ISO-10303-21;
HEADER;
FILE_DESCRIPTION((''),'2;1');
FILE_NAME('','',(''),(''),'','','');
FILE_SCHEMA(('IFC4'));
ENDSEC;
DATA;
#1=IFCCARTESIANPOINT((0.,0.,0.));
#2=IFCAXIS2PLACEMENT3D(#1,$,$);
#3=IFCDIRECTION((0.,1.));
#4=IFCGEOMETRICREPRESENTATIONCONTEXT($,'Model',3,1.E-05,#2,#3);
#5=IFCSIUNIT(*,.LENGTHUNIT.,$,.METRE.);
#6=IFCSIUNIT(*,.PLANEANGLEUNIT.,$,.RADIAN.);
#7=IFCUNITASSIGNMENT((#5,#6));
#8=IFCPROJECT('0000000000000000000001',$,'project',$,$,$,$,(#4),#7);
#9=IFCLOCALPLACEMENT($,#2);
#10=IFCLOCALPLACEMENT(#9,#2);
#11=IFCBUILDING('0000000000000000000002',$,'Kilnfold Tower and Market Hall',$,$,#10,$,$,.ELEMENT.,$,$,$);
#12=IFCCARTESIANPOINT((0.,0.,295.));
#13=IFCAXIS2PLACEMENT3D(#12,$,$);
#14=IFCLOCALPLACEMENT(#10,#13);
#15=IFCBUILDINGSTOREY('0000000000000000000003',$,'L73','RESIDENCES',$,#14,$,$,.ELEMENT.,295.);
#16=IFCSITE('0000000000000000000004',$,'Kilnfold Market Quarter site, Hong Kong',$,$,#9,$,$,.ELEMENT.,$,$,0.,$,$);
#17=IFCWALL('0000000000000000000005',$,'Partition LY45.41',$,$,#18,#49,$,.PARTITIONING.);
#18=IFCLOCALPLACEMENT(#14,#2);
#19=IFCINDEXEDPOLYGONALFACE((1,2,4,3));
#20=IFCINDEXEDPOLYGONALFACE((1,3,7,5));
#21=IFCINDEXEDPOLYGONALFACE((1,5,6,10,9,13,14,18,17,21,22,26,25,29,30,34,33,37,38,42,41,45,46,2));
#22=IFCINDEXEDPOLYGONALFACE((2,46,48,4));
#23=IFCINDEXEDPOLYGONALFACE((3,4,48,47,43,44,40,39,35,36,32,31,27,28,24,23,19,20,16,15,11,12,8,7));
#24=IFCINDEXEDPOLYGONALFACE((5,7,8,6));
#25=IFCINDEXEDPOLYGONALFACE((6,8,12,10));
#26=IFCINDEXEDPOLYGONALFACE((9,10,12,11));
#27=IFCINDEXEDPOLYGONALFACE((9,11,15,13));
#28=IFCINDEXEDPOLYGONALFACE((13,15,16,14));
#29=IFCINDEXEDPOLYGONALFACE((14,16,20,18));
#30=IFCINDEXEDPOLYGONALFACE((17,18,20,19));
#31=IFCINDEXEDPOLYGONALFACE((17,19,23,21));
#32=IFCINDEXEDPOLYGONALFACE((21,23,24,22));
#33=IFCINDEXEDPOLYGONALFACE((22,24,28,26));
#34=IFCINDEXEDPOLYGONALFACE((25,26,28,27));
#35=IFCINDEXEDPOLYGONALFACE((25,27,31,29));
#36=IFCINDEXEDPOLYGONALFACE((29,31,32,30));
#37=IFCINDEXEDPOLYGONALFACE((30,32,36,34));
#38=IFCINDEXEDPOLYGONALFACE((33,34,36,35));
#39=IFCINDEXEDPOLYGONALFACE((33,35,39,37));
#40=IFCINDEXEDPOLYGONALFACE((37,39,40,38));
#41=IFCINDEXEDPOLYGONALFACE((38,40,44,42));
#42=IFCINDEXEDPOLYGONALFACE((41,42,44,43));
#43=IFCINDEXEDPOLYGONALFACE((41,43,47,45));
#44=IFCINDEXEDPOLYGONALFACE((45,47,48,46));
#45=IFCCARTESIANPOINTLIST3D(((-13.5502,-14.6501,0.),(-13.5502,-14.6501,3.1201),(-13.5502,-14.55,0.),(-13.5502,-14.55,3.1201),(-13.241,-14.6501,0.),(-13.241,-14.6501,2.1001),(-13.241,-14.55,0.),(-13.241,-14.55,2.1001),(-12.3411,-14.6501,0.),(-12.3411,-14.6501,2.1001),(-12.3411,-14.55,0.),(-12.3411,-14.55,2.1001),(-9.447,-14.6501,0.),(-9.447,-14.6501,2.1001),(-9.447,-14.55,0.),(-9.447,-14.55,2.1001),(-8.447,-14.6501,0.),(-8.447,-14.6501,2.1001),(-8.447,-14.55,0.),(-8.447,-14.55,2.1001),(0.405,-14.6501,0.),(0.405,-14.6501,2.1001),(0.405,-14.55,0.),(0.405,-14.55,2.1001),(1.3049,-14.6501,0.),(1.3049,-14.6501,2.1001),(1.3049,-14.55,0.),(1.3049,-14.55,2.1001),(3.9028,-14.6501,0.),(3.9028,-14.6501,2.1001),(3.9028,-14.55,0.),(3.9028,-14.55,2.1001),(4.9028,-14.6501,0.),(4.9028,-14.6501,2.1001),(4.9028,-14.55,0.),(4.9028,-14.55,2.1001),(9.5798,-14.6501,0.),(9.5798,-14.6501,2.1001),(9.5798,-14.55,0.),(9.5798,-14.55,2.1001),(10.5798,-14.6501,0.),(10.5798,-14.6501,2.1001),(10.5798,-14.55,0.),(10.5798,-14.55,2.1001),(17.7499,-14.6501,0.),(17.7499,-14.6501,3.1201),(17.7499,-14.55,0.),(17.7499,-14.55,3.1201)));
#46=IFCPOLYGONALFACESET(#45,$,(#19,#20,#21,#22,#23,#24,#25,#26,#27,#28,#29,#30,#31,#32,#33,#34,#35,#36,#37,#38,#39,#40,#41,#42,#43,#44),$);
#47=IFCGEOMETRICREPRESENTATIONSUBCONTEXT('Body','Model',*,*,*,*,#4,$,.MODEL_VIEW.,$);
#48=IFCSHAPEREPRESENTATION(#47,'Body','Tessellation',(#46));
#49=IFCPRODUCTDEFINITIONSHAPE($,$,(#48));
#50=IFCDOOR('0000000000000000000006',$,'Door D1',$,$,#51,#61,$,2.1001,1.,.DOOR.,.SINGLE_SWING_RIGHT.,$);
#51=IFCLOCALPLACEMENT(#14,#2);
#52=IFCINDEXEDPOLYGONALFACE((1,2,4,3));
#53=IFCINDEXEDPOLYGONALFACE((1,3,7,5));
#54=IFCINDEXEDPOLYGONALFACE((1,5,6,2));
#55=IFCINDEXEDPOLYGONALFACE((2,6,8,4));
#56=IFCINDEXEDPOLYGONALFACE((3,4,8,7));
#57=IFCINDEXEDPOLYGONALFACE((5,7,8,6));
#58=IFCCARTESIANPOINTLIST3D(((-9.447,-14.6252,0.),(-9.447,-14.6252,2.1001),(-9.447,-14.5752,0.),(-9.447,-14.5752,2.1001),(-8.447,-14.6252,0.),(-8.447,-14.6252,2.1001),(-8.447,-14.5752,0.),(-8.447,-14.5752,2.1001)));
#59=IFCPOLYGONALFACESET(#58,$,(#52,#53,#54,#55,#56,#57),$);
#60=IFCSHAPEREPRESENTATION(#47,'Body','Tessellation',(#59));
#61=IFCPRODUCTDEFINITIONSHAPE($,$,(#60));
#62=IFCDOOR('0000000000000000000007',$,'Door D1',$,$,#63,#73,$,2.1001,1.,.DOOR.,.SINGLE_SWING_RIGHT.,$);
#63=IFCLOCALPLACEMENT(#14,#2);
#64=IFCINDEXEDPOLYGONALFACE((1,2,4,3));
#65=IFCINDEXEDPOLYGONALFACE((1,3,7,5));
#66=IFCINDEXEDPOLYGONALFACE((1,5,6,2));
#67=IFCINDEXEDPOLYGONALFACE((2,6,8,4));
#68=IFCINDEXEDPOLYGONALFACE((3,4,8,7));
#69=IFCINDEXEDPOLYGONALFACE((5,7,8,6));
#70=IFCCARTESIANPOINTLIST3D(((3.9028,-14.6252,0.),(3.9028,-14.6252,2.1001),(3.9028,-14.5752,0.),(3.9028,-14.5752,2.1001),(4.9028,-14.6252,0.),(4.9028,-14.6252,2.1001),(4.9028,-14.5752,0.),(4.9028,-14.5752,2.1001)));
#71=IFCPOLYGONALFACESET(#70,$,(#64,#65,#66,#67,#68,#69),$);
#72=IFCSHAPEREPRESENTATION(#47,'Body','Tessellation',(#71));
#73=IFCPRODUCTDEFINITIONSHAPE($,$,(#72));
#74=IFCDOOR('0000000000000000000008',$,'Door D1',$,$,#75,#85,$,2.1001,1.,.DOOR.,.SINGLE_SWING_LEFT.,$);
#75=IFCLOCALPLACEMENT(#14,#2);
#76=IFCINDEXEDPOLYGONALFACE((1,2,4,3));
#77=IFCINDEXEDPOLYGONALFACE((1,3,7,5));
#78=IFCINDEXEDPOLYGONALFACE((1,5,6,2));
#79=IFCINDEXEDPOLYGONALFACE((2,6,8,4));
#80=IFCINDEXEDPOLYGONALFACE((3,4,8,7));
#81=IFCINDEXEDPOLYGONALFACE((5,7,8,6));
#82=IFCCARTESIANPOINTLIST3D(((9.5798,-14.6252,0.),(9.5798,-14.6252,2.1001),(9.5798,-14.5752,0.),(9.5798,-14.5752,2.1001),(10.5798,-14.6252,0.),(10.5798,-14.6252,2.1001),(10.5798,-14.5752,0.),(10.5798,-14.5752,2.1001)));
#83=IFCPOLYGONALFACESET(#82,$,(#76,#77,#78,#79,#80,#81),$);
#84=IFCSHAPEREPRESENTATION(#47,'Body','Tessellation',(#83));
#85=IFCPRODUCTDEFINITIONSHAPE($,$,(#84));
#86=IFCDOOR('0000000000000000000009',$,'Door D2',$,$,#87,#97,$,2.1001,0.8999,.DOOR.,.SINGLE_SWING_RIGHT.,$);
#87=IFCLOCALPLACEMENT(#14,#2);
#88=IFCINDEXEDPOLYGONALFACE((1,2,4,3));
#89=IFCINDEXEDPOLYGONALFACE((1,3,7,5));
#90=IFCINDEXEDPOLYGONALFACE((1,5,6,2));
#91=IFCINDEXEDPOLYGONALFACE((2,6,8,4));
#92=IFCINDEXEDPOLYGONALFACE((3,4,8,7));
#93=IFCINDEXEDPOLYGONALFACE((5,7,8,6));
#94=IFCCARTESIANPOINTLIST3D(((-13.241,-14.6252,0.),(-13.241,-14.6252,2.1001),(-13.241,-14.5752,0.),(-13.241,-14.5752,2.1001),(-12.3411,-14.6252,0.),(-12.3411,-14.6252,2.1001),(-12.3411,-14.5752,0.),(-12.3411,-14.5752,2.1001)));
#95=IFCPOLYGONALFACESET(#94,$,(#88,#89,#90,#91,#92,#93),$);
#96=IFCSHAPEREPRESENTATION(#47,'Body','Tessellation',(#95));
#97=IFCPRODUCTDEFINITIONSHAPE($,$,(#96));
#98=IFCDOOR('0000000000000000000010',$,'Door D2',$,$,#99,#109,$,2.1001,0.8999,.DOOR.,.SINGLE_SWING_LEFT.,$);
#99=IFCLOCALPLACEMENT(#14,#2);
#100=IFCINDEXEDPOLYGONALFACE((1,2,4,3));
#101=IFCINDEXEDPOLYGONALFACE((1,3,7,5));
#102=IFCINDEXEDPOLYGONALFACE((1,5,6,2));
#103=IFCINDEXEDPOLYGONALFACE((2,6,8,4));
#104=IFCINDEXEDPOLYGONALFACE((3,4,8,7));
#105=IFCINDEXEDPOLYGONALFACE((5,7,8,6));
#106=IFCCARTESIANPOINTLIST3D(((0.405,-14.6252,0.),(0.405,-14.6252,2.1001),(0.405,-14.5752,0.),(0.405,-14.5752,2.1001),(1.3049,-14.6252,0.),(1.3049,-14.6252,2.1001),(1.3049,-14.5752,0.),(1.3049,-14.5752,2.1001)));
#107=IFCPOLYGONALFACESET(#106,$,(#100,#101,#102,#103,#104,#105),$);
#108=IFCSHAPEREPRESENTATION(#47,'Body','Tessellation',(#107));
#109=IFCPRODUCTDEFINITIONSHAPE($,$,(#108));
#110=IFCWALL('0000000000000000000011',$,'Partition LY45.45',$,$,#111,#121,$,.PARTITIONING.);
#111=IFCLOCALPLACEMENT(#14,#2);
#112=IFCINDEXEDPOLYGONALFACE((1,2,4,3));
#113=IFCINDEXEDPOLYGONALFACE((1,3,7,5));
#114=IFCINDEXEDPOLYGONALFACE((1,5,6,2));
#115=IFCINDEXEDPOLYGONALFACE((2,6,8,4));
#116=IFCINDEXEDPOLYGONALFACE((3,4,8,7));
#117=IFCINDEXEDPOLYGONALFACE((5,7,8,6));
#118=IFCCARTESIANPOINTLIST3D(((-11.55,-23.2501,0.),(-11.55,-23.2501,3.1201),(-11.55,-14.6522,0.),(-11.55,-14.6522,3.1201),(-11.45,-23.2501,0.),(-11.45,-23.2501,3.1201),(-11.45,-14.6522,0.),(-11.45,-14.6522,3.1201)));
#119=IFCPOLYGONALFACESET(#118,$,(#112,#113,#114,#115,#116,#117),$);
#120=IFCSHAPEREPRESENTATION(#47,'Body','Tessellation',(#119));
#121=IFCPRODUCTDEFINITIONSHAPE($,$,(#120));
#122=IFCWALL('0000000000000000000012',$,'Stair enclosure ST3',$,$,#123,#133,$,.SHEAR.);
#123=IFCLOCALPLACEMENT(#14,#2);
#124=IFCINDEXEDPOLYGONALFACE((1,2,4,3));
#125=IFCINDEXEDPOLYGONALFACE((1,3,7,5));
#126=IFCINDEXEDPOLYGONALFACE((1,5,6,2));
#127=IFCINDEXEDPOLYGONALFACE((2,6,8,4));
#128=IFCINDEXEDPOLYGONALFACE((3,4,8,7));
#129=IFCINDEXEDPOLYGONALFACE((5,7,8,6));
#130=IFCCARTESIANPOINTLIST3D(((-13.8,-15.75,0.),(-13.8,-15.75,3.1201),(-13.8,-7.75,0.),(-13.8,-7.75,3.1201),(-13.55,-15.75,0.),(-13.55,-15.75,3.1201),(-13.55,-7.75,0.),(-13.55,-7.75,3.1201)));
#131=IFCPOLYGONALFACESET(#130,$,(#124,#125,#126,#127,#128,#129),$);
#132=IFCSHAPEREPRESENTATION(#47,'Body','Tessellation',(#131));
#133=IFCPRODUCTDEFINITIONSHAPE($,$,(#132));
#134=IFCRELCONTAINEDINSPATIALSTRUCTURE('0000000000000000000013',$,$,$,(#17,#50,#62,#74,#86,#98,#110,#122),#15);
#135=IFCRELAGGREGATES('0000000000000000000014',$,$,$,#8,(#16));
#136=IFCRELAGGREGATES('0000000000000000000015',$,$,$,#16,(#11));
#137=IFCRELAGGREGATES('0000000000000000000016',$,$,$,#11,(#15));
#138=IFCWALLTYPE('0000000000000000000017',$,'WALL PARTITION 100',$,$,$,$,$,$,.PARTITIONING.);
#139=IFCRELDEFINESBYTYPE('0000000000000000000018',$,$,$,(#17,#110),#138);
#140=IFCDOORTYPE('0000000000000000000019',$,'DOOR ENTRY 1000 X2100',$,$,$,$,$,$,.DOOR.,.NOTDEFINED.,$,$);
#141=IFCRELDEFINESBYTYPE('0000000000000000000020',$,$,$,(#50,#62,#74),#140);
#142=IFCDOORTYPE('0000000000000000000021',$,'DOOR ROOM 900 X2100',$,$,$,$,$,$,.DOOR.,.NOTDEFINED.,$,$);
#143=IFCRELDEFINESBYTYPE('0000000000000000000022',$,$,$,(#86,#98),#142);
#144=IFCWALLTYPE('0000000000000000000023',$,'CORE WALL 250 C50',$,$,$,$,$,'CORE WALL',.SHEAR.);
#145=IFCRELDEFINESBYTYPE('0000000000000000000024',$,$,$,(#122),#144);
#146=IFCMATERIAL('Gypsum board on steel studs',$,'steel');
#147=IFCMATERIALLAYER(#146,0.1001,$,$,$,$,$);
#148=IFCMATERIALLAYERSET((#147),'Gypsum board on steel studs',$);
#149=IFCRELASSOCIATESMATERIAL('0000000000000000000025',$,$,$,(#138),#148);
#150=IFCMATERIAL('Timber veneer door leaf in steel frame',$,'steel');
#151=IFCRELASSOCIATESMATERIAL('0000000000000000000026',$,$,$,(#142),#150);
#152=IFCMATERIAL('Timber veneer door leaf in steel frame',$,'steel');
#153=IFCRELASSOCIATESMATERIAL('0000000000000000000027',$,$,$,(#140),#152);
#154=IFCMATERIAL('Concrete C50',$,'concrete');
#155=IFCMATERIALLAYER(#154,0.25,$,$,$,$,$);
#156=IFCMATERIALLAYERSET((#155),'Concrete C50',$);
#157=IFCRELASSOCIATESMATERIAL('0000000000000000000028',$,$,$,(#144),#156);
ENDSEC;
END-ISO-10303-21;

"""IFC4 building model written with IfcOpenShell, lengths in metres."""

from ifc_helpers import new_model, si_unit, direction, frame, frame_2d, origin, place, context, subcontext, project, spatial, rectangle, extrude, source, transform, mapped, material, layer, layer_set, type_object, element, fill, save


model = new_model("IFC4")

# Units and contexts
model_context = context("Model", 3, precision=1e-05, world=origin(), true_north=direction((0.0, 1.0)))
body_context = subcontext(model_context, "Body", "Model", "MODEL_VIEW")
ifc_project = project(units=[si_unit("LENGTHUNIT", "METRE"), si_unit("PLANEANGLEUNIT", "RADIAN")], contexts=[model_context])

# Site, building, storey
site_placement = place(None, origin())
site = spatial("IfcSite", under=ifc_project, at=site_placement, Name="Kilnfold Market Quarter site, Hong Kong", CompositionType="ELEMENT", RefElevation=0.0)
building_placement = place(site_placement, origin())
building = spatial("IfcBuilding", under=site, at=building_placement, Name="Kilnfold Tower and Market Hall", CompositionType="ELEMENT")
storey_placement = place(building_placement, frame((0.0, 0.0, 295.0)))
storey = spatial("IfcBuildingStorey", under=building, at=storey_placement, Name="L73", Description="RESIDENCES", CompositionType="ELEMENT", Elevation=295.0)

# Shared definitions
ifc_material_1 = material(Name="Gypsum board on steel studs", Category="steel")
ifc_layer_1 = layer(ifc_material_1, 0.1001)
ifc_layer_set_1 = layer_set([ifc_layer_1], Name="Gypsum board on steel studs")
wall_type_1 = type_object("IfcWallType", Name="WALL PARTITION 100", PredefinedType="PARTITIONING", material=ifc_layer_set_1)
ifc_material_2 = material(Name="Timber veneer door leaf in steel frame", Category="steel")
door_type_1 = type_object("IfcDoorType", Name="DOOR ROOM 900 X2100", OperationType="NOTDEFINED", PredefinedType="DOOR", material=ifc_material_2)
ifc_material_3 = material(Name="Timber veneer door leaf in steel frame", Category="steel")
door_type_2 = type_object("IfcDoorType", Name="DOOR ENTRY 1000 X2100", OperationType="NOTDEFINED", PredefinedType="DOOR", material=ifc_material_3)

# Wall, openings, doors
wall_1_placement = place(storey_placement, frame((-13.55, -14.6001, 0.0), z_axis=(0.0, 0.0, 1.0), x_axis=(1.0, 0.0, 0.0)))
wall_1 = element("IfcWall", 1, at=wall_1_placement, inside=storey, type_object=wall_type_1, Name="Partition LY45.41", PredefinedType="PARTITIONING", context=body_context, shape_type="SweptSolid", body=[
    extrude(rectangle(XDim=31.3, YDim=0.1001, at=frame_2d((15.6499, 0.0))), origin(), (0.0, 0.0, 1.0), 3.1201),
])
opening_1_placement = place(wall_1_placement, frame((0.3091, 0.0, 0.0)))
opening_1 = element("IfcOpeningElement", 2, at=opening_1_placement, cuts=wall_1, PredefinedType="OPENING", context=body_context, shape_type="SweptSolid", body=[
    extrude(rectangle(XDim=0.8999, YDim=2.1001, at=frame_2d((0.45, 1.05))), frame((0.0, 0.0601, 0.0), z_axis=(0.0, -1.0, 0.0), x_axis=(1.0, 0.0, 0.0)), (0.0, 0.0, 1.0), 0.1201),
])
opening_2_placement = place(wall_1_placement, frame((4.103, 0.0, 0.0)))
opening_2 = element("IfcOpeningElement", 3, at=opening_2_placement, cuts=wall_1, PredefinedType="OPENING", context=body_context, shape_type="SweptSolid", body=[
    extrude(rectangle(XDim=1.0, YDim=2.1001, at=frame_2d((0.5, 1.05))), frame((0.0, 0.0601, 0.0), z_axis=(0.0, -1.0, 0.0), x_axis=(1.0, 0.0, 0.0)), (0.0, 0.0, 1.0), 0.1201),
])
opening_3_placement = place(wall_1_placement, frame((13.9551, 0.0, 0.0)))
opening_3 = element("IfcOpeningElement", 4, at=opening_3_placement, cuts=wall_1, PredefinedType="OPENING", context=body_context, shape_type="SweptSolid", body=[
    extrude(rectangle(XDim=0.8999, YDim=2.1001, at=frame_2d((0.45, 1.05))), frame((0.0, 0.0601, 0.0), z_axis=(0.0, -1.0, 0.0), x_axis=(1.0, 0.0, 0.0)), (0.0, 0.0, 1.0), 0.1201),
])
opening_4_placement = place(wall_1_placement, frame((17.4529, 0.0, 0.0)))
opening_4 = element("IfcOpeningElement", 5, at=opening_4_placement, cuts=wall_1, PredefinedType="OPENING", context=body_context, shape_type="SweptSolid", body=[
    extrude(rectangle(XDim=1.0, YDim=2.1001, at=frame_2d((0.5, 1.05))), frame((0.0, 0.0601, 0.0), z_axis=(0.0, -1.0, 0.0), x_axis=(1.0, 0.0, 0.0)), (0.0, 0.0, 1.0), 0.1201),
])
opening_5_placement = place(wall_1_placement, frame((23.1299, 0.0, 0.0)))
opening_5 = element("IfcOpeningElement", 6, at=opening_5_placement, cuts=wall_1, PredefinedType="OPENING", context=body_context, shape_type="SweptSolid", body=[
    extrude(rectangle(XDim=1.0, YDim=2.1001, at=frame_2d((0.5, 1.05))), frame((0.0, 0.0601, 0.0), z_axis=(0.0, -1.0, 0.0), x_axis=(1.0, 0.0, 0.0)), (0.0, 0.0, 1.0), 0.1201),
])
door_1_placement = place(opening_2_placement, origin())
door_1 = element("IfcDoor", 7, at=door_1_placement, inside=storey, type_object=door_type_2, Name="Door D1", OperationType="SINGLE_SWING_RIGHT", OverallHeight=2.1001, OverallWidth=1.0, PredefinedType="DOOR", context=body_context, shape_type="SweptSolid", body=[
    extrude(rectangle(XDim=1.0, YDim=2.1001, at=frame_2d((0.5, 1.05))), frame((0.0, 0.0249, 0.0), z_axis=(0.0, -1.0, 0.0), x_axis=(1.0, 0.0, 0.0)), (0.0, 0.0, 1.0), 0.05),
])
fill(opening_2, door_1)
door_2_placement = place(opening_4_placement, origin())
door_2 = element("IfcDoor", 8, at=door_2_placement, inside=storey, type_object=door_type_2, Name="Door D1", OperationType="SINGLE_SWING_RIGHT", OverallHeight=2.1001, OverallWidth=1.0, PredefinedType="DOOR", context=body_context, shape_type="SweptSolid", body=[
    extrude(rectangle(XDim=1.0, YDim=2.1001, at=frame_2d((0.5, 1.05))), frame((0.0, 0.0249, 0.0), z_axis=(0.0, -1.0, 0.0), x_axis=(1.0, 0.0, 0.0)), (0.0, 0.0, 1.0), 0.05),
])
fill(opening_4, door_2)
door_3_placement = place(opening_5_placement, origin())
door_3 = element("IfcDoor", 9, at=door_3_placement, inside=storey, type_object=door_type_2, Name="Door D1", OperationType="SINGLE_SWING_LEFT", OverallHeight=2.1001, OverallWidth=1.0, PredefinedType="DOOR", context=body_context, shape_type="SweptSolid", body=[
    extrude(rectangle(XDim=1.0, YDim=2.1001, at=frame_2d((0.5, 1.05))), frame((0.0, 0.0249, 0.0), z_axis=(0.0, -1.0, 0.0), x_axis=(1.0, 0.0, 0.0)), (0.0, 0.0, 1.0), 0.05),
])
fill(opening_5, door_3)
door_4_placement = place(opening_1_placement, origin())
door_4 = element("IfcDoor", 10, at=door_4_placement, inside=storey, type_object=door_type_1, Name="Door D2", OperationType="SINGLE_SWING_RIGHT", OverallHeight=2.1001, OverallWidth=0.8999, PredefinedType="DOOR", context=body_context, shape_type="SweptSolid", body=[
    extrude(rectangle(XDim=0.8999, YDim=2.1001, at=frame_2d((0.45, 1.05))), frame((0.0, 0.0249, 0.0), z_axis=(0.0, -1.0, 0.0), x_axis=(1.0, 0.0, 0.0)), (0.0, 0.0, 1.0), 0.05),
])
fill(opening_1, door_4)
door_5_placement = place(opening_3_placement, origin())
door_5 = element("IfcDoor", 11, at=door_5_placement, inside=storey, type_object=door_type_1, Name="Door D2", OperationType="SINGLE_SWING_LEFT", OverallHeight=2.1001, OverallWidth=0.8999, PredefinedType="DOOR", context=body_context, shape_type="SweptSolid", body=[
    extrude(rectangle(XDim=0.8999, YDim=2.1001, at=frame_2d((0.45, 1.05))), frame((0.0, 0.0249, 0.0), z_axis=(0.0, -1.0, 0.0), x_axis=(1.0, 0.0, 0.0)), (0.0, 0.0, 1.0), 0.05),
])
fill(opening_3, door_5)

# Walls
wall_2_placement = place(storey_placement, frame((-11.5, -23.25, 0.0), z_axis=(0.0, 0.0, 1.0), x_axis=(0.0, 1.0, 0.0)))
element("IfcWall", 12, at=wall_2_placement, inside=storey, type_object=wall_type_1, Name="Partition LY45.45", PredefinedType="PARTITIONING", context=body_context, shape_type="SweptSolid", body=[
    extrude(rectangle(XDim=8.5979, YDim=0.1001, at=frame_2d((4.2988, 0.0))), origin(), (0.0, 0.0, 1.0), 3.1201),
])
ifc_material_4 = material(Name="Concrete C50", Category="concrete")
ifc_layer_2 = layer(ifc_material_4, 0.25)
ifc_layer_set_2 = layer_set([ifc_layer_2], Name="Concrete C50")
wall_type_2 = type_object("IfcWallType", Name="CORE WALL 250 C50", ElementType="CORE WALL", PredefinedType="SHEAR", material=ifc_layer_set_2)
shared_shape_1 = source(origin(), body_context, "Body", "SweptSolid", [
    extrude(rectangle(XDim=8.0, YDim=0.25, at=frame_2d((4.0, 0.0))), origin(), (0.0, 0.0, 1.0), 3.1201),
])
wall_3_placement = place(storey_placement, frame((-13.675, -15.75, 0.0), z_axis=(0.0, 0.0, 1.0), x_axis=(0.0, 1.0, 0.0)))
element("IfcWall", 13, at=wall_3_placement, inside=storey, type_object=wall_type_2, Name="Stair enclosure ST3", PredefinedType="SHEAR", context=body_context, shape_type="MappedRepresentation", body=[
    mapped(shared_shape_1, transform((0.0, 0.0, 0.0))),
])

save(model, "model.ifc")
